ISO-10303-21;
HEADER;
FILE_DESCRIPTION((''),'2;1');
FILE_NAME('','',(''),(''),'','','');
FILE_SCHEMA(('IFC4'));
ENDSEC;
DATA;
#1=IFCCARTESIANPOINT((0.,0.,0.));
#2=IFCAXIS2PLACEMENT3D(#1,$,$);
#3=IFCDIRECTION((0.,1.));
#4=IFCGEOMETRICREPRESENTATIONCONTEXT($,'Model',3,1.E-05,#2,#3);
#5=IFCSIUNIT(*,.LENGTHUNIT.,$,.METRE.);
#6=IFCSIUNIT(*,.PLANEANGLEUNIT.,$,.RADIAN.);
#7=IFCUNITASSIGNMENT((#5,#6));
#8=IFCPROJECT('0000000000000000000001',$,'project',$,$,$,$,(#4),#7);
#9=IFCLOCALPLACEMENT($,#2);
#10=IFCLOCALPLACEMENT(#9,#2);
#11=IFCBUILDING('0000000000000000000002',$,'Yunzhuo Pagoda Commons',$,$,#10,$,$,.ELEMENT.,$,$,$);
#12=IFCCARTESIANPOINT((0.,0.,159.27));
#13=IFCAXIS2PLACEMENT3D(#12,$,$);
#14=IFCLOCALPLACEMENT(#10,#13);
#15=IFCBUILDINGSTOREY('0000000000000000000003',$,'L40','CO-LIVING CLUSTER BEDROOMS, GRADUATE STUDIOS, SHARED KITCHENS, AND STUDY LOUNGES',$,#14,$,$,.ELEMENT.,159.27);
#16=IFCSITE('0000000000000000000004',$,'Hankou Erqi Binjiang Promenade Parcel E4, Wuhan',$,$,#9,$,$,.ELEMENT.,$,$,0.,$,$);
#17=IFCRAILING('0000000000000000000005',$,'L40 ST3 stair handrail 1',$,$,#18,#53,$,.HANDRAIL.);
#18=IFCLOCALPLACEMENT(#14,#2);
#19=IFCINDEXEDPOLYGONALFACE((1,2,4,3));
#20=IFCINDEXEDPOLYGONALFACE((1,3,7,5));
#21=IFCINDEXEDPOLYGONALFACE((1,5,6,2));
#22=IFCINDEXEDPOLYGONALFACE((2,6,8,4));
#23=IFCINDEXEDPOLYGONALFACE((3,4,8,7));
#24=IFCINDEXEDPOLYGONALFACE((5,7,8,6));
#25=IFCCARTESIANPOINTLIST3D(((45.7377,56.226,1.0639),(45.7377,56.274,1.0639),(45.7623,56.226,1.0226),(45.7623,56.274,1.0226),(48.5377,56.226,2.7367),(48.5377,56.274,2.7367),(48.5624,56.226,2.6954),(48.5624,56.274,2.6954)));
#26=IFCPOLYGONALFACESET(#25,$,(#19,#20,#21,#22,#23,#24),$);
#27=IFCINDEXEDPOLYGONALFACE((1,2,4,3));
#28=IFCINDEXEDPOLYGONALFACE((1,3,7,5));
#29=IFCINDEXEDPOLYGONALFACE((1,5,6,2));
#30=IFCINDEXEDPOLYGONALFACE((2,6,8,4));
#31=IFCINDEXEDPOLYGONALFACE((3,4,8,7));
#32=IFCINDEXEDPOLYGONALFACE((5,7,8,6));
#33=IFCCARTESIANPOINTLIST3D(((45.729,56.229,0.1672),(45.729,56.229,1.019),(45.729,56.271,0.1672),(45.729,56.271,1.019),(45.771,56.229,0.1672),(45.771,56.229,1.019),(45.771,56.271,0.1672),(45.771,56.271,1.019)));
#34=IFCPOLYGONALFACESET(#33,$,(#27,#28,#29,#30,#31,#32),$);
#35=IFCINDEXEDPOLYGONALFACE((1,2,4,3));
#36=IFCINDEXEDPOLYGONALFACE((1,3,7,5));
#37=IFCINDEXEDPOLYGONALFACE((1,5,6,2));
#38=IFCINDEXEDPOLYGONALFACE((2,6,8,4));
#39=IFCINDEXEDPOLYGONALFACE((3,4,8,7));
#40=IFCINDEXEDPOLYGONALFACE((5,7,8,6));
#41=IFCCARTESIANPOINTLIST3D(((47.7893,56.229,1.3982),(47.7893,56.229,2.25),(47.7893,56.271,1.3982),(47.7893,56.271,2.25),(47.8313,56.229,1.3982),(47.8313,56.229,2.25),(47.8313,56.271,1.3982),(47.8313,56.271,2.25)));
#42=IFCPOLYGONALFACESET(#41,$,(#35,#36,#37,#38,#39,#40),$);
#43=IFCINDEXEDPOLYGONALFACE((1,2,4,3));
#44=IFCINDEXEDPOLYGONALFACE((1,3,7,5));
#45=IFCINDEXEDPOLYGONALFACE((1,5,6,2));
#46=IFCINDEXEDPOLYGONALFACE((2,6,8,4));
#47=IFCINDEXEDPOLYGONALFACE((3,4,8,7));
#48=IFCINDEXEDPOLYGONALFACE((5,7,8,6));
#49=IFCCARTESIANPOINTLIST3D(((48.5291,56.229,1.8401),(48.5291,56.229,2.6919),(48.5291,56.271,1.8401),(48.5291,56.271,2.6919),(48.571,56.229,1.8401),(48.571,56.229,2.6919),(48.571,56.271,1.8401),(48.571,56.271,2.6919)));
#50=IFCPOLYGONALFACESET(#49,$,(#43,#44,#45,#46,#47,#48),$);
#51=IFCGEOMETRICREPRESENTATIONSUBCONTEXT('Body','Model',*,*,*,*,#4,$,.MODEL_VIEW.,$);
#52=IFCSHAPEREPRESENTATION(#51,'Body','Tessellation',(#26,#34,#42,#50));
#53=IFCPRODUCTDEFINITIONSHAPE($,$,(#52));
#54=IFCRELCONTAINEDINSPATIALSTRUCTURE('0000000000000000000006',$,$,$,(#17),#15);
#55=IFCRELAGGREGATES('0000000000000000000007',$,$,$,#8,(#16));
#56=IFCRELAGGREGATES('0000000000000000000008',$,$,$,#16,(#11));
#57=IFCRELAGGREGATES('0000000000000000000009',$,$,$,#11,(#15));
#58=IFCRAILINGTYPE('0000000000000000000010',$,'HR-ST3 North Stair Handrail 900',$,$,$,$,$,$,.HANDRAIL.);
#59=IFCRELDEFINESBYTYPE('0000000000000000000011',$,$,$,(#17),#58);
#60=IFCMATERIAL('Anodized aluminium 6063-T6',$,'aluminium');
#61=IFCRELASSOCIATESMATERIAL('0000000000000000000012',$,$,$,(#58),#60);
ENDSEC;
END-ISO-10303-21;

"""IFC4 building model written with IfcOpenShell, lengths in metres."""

from ifc_helpers import new_model, si_unit, direction, frame, origin, origin_2d, place, context, subcontext, project, spatial, rectangle, extrude, material, type_object, element, save


model = new_model("IFC4")

# Units and contexts
model_context = context("Model", 3, precision=1e-05, world=origin(), true_north=direction((0.0, 1.0)))
body_context = subcontext(model_context, "Body", "Model", "MODEL_VIEW")
ifc_project = project(units=[si_unit("LENGTHUNIT", "METRE"), si_unit("PLANEANGLEUNIT", "RADIAN")], contexts=[model_context])

# Site, building, storey
site_placement = place(None, origin())
site = spatial("IfcSite", under=ifc_project, at=site_placement, Name="Hankou Erqi Binjiang Promenade Parcel E4, Wuhan", CompositionType="ELEMENT", RefElevation=0.0)
building_placement = place(site_placement, origin())
building = spatial("IfcBuilding", under=site, at=building_placement, Name="Yunzhuo Pagoda Commons", CompositionType="ELEMENT")
storey_placement = place(building_placement, frame((0.0, 0.0, 159.27)))
storey = spatial("IfcBuildingStorey", under=building, at=storey_placement, Name="L40", Description="CO-LIVING CLUSTER BEDROOMS, GRADUATE STUDIOS, SHARED KITCHENS, AND STUDY LOUNGES", CompositionType="ELEMENT", Elevation=159.27)

# Shared definitions
ifc_material_1 = material(Name="Anodized aluminium 6063-T6", Category="aluminium")

# Railing
railing_type = type_object("IfcRailingType", Name="HR-ST3 North Stair Handrail 900", PredefinedType="HANDRAIL", material=ifc_material_1)
railing_placement = place(storey_placement, frame((45.75, 56.25, 0.1672)))
element("IfcRailing", 1, at=railing_placement, inside=storey, type_object=railing_type, Name="L40 ST3 stair handrail 1", PredefinedType="HANDRAIL", context=body_context, shape_type="SweptSolid", body=[
    extrude(rectangle(XDim=0.0481, YDim=0.0481, at=origin_2d()), frame((0.0, 0.0, 0.876), z_axis=(0.858462, 0.0, 0.512877), x_axis=(0.0, 1.0, 0.0)), (0.0, 0.0, 1.0), 3.2617),
    extrude(rectangle(XDim=0.042, YDim=0.042, at=origin_2d()), origin(), (0.0, 0.0, 1.0), 0.8518),
    extrude(rectangle(XDim=0.042, YDim=0.042, at=origin_2d()), frame((2.0603, 0.0, 1.231)), (0.0, 0.0, 1.0), 0.8518),
    extrude(rectangle(XDim=0.042, YDim=0.042, at=origin_2d()), frame((2.8, 0.0, 1.6729)), (0.0, 0.0, 1.0), 0.8518),
])

save(model, "model.ifc")
